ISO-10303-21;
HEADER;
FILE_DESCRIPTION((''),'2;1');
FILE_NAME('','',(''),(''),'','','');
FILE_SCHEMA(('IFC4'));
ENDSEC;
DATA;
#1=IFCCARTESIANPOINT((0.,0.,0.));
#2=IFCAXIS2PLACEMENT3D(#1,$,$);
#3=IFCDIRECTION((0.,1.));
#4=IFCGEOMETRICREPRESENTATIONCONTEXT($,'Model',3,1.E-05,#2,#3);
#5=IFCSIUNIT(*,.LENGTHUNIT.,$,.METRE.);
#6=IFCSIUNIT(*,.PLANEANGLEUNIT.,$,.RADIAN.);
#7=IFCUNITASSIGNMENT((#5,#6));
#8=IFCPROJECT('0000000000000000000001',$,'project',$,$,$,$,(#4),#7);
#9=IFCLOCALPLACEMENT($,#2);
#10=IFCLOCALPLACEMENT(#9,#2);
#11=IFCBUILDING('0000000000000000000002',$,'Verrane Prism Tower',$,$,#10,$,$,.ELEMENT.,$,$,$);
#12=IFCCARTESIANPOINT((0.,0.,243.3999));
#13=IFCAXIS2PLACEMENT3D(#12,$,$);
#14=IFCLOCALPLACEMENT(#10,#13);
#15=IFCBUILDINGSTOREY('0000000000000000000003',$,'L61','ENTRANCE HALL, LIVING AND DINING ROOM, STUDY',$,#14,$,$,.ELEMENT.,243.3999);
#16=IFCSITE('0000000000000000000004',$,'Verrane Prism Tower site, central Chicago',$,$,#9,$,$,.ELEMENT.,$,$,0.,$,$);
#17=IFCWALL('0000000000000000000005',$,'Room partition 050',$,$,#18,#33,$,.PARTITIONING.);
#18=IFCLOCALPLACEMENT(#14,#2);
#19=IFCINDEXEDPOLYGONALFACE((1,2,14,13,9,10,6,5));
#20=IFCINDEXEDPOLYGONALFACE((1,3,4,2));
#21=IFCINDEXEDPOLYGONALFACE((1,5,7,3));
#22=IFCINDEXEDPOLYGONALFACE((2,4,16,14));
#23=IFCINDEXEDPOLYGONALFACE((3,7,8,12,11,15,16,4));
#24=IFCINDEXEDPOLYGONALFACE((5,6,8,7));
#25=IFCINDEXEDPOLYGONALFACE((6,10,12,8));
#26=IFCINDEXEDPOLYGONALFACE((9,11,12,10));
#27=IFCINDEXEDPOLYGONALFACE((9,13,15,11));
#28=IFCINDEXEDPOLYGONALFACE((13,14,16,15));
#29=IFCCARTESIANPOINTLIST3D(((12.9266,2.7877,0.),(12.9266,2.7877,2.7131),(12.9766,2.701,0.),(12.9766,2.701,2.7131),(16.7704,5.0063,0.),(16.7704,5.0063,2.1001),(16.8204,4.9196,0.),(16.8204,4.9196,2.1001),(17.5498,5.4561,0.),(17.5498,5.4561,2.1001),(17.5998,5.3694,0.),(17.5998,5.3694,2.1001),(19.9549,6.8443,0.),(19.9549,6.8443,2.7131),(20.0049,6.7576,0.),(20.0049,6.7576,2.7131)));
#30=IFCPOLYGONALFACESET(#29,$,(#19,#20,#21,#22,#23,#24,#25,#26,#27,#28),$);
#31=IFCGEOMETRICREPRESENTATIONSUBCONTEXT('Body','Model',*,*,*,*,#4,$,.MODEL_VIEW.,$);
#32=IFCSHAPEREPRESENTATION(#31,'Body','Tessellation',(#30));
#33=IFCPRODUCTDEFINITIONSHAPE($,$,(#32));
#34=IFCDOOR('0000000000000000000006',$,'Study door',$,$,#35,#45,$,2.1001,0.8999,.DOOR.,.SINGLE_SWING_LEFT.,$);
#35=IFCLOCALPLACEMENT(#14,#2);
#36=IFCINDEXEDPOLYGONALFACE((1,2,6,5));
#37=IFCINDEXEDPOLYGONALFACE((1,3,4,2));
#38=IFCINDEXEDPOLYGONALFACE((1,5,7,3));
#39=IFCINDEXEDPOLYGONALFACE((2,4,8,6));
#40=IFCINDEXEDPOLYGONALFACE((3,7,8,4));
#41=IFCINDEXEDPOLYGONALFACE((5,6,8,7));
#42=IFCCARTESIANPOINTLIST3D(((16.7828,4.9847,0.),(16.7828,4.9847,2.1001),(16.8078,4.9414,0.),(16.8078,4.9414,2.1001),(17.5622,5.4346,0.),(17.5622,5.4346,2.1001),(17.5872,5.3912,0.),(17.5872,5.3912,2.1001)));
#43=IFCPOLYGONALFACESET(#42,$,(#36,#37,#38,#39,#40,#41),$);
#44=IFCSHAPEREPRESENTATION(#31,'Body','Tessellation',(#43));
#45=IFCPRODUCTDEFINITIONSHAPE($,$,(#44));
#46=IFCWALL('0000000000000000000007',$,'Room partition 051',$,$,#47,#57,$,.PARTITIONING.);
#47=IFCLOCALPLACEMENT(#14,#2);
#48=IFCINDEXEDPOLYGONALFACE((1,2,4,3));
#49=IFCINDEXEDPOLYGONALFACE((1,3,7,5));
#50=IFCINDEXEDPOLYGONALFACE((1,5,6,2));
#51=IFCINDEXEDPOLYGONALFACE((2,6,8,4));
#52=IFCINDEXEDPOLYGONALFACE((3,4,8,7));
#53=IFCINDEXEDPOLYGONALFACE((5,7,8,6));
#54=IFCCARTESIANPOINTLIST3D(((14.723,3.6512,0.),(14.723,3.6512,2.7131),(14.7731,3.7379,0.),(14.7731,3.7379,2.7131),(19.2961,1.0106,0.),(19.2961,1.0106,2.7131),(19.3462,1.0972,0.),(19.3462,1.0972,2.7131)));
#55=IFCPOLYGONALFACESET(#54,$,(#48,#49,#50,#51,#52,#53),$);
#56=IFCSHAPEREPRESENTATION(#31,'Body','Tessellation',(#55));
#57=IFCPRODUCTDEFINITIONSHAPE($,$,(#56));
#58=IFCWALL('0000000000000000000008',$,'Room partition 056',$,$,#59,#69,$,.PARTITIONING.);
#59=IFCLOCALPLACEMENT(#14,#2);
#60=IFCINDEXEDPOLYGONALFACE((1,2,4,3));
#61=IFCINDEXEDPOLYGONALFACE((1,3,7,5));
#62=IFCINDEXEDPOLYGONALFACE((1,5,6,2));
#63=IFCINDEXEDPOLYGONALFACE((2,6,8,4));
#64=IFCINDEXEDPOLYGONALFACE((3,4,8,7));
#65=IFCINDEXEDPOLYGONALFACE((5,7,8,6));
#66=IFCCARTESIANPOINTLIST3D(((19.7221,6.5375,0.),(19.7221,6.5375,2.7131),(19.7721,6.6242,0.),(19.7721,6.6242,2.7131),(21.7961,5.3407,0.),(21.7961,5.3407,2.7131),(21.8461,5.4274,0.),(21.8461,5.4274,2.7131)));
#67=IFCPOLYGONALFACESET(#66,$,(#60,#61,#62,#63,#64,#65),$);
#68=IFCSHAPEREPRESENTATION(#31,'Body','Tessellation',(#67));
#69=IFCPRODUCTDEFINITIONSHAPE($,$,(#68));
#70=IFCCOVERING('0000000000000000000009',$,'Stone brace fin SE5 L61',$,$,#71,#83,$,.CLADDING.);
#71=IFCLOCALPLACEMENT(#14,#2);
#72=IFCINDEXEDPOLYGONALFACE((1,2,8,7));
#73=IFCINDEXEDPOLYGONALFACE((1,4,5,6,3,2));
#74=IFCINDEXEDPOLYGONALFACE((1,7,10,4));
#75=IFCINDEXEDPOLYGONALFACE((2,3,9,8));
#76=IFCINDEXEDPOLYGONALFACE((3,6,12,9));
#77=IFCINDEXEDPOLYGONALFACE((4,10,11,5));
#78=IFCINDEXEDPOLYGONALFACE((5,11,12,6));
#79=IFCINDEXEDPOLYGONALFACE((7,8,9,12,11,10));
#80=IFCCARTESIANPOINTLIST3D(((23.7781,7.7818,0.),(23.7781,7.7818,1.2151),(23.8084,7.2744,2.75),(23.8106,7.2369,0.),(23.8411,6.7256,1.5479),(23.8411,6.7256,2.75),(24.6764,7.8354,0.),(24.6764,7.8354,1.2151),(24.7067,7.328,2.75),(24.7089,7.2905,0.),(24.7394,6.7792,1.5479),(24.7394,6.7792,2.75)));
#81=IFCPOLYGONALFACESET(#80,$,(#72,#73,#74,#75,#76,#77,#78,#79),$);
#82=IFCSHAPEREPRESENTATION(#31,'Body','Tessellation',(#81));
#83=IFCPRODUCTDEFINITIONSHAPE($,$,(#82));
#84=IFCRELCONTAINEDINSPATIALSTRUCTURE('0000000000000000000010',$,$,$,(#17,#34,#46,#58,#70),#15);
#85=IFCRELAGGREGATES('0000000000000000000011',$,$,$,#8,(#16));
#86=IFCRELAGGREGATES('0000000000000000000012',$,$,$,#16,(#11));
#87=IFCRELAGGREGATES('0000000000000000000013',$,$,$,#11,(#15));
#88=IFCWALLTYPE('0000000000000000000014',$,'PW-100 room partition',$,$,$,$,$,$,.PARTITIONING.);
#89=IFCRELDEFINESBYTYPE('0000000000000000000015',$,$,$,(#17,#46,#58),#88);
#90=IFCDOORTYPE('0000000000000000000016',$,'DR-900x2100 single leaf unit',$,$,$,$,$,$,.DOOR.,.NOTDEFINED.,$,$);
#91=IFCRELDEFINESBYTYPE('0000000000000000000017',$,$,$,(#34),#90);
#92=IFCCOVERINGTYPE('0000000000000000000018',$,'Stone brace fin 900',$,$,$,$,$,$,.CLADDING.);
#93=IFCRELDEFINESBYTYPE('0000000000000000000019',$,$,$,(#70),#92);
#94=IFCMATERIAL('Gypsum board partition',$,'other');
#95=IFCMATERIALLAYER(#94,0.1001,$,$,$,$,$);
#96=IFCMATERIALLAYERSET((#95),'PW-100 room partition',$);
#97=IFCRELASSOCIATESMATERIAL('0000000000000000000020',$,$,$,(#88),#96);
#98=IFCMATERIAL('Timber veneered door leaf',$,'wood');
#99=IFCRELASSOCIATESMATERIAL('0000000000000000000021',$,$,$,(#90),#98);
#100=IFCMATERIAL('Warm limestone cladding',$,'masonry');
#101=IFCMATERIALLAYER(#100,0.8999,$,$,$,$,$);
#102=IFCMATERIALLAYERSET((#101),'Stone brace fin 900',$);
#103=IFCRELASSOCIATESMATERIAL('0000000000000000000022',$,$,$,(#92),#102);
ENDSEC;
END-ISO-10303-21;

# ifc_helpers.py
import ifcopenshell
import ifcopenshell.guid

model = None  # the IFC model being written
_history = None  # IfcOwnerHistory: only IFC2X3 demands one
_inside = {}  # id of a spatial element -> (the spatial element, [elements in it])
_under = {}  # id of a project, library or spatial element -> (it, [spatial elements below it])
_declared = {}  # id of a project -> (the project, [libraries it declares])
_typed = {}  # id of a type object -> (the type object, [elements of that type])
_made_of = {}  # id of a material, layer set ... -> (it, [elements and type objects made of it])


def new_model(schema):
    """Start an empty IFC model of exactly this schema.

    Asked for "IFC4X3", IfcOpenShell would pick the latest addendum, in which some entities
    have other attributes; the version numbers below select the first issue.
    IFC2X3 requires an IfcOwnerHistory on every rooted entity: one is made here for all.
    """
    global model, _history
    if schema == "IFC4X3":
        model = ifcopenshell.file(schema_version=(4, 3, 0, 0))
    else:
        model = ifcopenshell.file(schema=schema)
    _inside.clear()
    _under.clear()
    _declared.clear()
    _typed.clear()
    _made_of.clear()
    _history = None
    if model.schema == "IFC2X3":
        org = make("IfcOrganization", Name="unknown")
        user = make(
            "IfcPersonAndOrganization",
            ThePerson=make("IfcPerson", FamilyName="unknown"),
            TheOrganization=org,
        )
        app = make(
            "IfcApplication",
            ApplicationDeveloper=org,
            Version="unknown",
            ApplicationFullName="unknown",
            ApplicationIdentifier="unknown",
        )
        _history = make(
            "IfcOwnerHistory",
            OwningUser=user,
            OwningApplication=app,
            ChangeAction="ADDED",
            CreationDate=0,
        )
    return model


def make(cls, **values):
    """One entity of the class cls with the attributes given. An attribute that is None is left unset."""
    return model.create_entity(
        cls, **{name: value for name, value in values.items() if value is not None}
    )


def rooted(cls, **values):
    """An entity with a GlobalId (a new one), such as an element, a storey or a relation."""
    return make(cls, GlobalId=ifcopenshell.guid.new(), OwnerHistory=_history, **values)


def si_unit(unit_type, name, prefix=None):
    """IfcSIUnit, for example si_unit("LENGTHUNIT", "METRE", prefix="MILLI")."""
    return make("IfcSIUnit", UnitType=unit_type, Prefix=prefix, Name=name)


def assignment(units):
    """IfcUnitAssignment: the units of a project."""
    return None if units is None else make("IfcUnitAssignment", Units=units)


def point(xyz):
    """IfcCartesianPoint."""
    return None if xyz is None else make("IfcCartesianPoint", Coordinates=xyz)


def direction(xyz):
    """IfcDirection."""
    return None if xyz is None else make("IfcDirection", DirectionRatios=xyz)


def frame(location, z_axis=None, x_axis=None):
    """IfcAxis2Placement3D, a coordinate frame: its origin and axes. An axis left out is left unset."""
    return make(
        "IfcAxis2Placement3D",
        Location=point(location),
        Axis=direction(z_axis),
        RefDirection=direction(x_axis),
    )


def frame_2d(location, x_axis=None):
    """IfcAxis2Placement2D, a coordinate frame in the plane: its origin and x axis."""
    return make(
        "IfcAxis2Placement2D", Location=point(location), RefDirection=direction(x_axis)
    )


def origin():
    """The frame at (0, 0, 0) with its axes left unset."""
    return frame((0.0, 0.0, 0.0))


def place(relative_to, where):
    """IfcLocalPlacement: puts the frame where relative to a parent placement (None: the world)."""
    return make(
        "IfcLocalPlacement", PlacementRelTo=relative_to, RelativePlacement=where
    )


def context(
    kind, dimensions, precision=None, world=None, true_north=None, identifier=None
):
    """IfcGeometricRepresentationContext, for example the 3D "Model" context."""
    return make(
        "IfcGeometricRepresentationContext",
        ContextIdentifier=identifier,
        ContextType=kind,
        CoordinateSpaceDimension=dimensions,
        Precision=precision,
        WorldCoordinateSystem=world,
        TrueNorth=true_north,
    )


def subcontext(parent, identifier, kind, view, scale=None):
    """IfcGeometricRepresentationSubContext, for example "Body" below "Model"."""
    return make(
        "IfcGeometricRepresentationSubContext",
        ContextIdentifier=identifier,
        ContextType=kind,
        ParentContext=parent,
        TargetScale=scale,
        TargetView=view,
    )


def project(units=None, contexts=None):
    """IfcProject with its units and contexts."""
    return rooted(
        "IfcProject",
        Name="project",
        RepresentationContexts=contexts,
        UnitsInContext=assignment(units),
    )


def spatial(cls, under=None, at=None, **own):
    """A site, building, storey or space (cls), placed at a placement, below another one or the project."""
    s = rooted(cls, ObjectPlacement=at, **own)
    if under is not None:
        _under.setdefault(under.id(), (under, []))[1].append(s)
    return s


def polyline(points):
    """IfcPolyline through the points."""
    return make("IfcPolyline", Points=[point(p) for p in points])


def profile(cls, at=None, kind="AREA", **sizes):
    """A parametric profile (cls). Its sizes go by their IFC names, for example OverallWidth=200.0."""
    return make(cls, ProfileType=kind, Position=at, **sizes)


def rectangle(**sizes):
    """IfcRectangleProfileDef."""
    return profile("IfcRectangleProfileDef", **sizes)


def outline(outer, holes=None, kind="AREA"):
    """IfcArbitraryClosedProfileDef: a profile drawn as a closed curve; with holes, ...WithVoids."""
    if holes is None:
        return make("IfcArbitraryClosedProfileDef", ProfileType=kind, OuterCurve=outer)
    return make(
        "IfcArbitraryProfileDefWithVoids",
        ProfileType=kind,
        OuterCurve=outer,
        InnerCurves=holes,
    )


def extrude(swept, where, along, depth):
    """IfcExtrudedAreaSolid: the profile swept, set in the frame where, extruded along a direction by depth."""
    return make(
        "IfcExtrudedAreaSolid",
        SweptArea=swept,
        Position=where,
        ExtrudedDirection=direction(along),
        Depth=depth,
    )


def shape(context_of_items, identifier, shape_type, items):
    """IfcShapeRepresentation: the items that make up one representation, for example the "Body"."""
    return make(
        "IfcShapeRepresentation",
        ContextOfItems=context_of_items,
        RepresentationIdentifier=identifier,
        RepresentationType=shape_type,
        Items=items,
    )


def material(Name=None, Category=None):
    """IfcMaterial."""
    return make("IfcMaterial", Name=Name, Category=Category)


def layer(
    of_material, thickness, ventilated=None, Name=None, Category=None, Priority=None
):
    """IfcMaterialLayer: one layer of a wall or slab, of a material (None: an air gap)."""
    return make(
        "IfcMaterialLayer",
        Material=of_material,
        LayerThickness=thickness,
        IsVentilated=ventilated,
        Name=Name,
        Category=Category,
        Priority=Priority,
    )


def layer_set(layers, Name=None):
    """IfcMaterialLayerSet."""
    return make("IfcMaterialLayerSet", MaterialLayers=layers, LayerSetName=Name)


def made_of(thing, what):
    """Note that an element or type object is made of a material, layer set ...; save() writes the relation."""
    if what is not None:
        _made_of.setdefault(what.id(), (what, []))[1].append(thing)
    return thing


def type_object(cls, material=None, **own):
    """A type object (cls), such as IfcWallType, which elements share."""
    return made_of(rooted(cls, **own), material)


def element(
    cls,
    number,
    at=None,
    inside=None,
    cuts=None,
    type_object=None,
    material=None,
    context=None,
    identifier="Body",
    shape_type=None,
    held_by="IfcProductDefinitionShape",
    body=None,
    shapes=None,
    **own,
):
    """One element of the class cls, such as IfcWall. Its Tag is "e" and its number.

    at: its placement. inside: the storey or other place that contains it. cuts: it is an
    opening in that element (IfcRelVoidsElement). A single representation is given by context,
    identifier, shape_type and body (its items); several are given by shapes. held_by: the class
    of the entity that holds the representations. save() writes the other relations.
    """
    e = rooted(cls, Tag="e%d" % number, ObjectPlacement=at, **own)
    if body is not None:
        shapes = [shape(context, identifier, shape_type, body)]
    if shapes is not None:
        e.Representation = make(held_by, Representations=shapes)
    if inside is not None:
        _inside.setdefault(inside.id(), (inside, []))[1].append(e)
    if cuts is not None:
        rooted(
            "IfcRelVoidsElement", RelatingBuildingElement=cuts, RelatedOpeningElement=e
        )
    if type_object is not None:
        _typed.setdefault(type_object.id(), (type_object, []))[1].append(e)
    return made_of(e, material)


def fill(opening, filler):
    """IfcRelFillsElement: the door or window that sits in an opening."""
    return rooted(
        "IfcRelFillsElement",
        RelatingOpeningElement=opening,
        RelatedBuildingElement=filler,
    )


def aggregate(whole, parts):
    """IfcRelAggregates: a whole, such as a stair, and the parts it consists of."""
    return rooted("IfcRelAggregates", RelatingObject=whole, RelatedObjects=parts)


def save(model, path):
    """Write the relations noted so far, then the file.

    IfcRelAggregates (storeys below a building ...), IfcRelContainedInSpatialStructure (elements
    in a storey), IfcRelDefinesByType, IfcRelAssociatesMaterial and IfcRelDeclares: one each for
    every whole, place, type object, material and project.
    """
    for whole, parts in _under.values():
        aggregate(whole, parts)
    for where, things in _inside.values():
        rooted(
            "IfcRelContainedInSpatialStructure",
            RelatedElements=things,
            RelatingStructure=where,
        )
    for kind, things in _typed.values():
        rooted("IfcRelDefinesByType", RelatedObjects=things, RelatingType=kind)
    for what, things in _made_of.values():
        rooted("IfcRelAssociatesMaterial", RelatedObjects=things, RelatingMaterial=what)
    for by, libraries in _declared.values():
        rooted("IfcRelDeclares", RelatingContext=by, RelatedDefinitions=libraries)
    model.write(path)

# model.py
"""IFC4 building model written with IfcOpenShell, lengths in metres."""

from ifc_helpers import new_model, si_unit, direction, frame, frame_2d, origin, place, context, subcontext, project, spatial, polyline, rectangle, outline, extrude, material, layer, layer_set, type_object, element, fill, save


model = new_model("IFC4")

# Units and contexts
model_context = context("Model", 3, precision=1e-05, world=origin(), true_north=direction((0.0, 1.0)))
body_context = subcontext(model_context, "Body", "Model", "MODEL_VIEW")
ifc_project = project(units=[si_unit("LENGTHUNIT", "METRE"), si_unit("PLANEANGLEUNIT", "RADIAN")], contexts=[model_context])

# Site, building, storey
site_placement = place(None, origin())
site = spatial("IfcSite", under=ifc_project, at=site_placement, Name="Verrane Prism Tower site, central Chicago", CompositionType="ELEMENT", RefElevation=0.0)
building_placement = place(site_placement, origin())
building = spatial("IfcBuilding", under=site, at=building_placement, Name="Verrane Prism Tower", CompositionType="ELEMENT")
storey_placement = place(building_placement, frame((0.0, 0.0, 243.3999)))
storey = spatial("IfcBuildingStorey", under=building, at=storey_placement, Name="L61", Description="ENTRANCE HALL, LIVING AND DINING ROOM, STUDY", CompositionType="ELEMENT", Elevation=243.3999)

# Wall, opening, door
ifc_material_1 = material(Name="Gypsum board partition", Category="other")
ifc_layer_1 = layer(ifc_material_1, 0.1001)
ifc_layer_set_1 = layer_set([ifc_layer_1], Name="PW-100 room partition")
wall_type_1 = type_object("IfcWallType", Name="PW-100 room partition", PredefinedType="PARTITIONING", material=ifc_layer_set_1)
wall_1_placement = place(storey_placement, frame((19.98, 6.801, 0.0), z_axis=(0.0, 0.0, 1.0), x_axis=(-0.866087, -0.499893, 0.0)))
wall_1 = element("IfcWall", 1, at=wall_1_placement, inside=storey, type_object=wall_type_1, Name="Room partition 050", PredefinedType="PARTITIONING", context=body_context, shape_type="SweptSolid", body=[
    extrude(rectangle(XDim=8.115, YDim=0.1001, at=frame_2d((4.0576, 0.0))), origin(), (0.0, 0.0, 1.0), 2.7131),
])
opening_1_placement = place(wall_1_placement, frame((2.7771, 0.0, 0.0)))
opening_1 = element("IfcOpeningElement", 2, at=opening_1_placement, cuts=wall_1, PredefinedType="OPENING", context=body_context, shape_type="SweptSolid", body=[
    extrude(rectangle(XDim=0.8999, YDim=2.1001, at=frame_2d((0.45, 1.05))), frame((0.0, 0.0601, 0.0), z_axis=(0.0, -1.0, 0.0), x_axis=(1.0, 0.0, 0.0)), (0.0, 0.0, 1.0), 0.1201),
])
ifc_material_2 = material(Name="Timber veneered door leaf", Category="wood")
door_type_1 = type_object("IfcDoorType", Name="DR-900x2100 single leaf unit", OperationType="NOTDEFINED", PredefinedType="DOOR", material=ifc_material_2)
door_1_placement = place(opening_1_placement, origin())
door_1 = element("IfcDoor", 3, at=door_1_placement, inside=storey, type_object=door_type_1, Name="Study door", OperationType="SINGLE_SWING_LEFT", OverallHeight=2.1001, OverallWidth=0.8999, PredefinedType="DOOR", context=body_context, shape_type="SweptSolid", body=[
    extrude(rectangle(XDim=0.8999, YDim=2.1001, at=frame_2d((0.45, 1.05))), frame((0.0, 0.0249, 0.0), z_axis=(0.0, -1.0, 0.0), x_axis=(1.0, 0.0, 0.0)), (0.0, 0.0, 1.0), 0.05),
])
fill(opening_1, door_1)

# Walls
wall_2_placement = place(storey_placement, frame((14.748, 3.6946, 0.0), z_axis=(0.0, 0.0, 1.0), x_axis=(0.865992, -0.500057, 0.0)))
element("IfcWall", 4, at=wall_2_placement, inside=storey, type_object=wall_type_1, Name="Room partition 051", PredefinedType="PARTITIONING", context=body_context, shape_type="SweptSolid", body=[
    extrude(rectangle(XDim=5.2808, YDim=0.1001, at=frame_2d((2.6404, 0.0))), origin(), (0.0, 0.0, 1.0), 2.7131),
])
wall_3_placement = place(storey_placement, frame((19.7471, 6.5808, 0.0), z_axis=(0.0, 0.0, 1.0), x_axis=(0.86614, -0.499802, 0.0)))
element("IfcWall", 5, at=wall_3_placement, inside=storey, type_object=wall_type_1, Name="Room partition 056", PredefinedType="PARTITIONING", context=body_context, shape_type="SweptSolid", body=[
    extrude(rectangle(XDim=2.3945, YDim=0.1001, at=frame_2d((1.1973, 0.0))), origin(), (0.0, 0.0, 1.0), 2.7131),
])

# Covering
ifc_material_3 = material(Name="Warm limestone cladding", Category="masonry")
ifc_layer_2 = layer(ifc_material_3, 0.8999)
ifc_layer_set_2 = layer_set([ifc_layer_2], Name="Stone brace fin 900")
covering_type = type_object("IfcCoveringType", Name="Stone brace fin 900", PredefinedType="CLADDING", material=ifc_layer_set_2)
covering_placement = place(storey_placement, frame((24.2273, 7.8086, 0.0), z_axis=(0.0, 0.0, 1.0), x_axis=(0.059534, -0.998226, 0.0)))
element("IfcCovering", 6, at=covering_placement, inside=storey, type_object=covering_type, Name="Stone brace fin SE5 L61", PredefinedType="CLADDING", context=body_context, shape_type="SweptSolid", body=[
    extrude(outline(polyline([(1.0581, 2.75), (0.5083, 2.75), (0.0, 1.2151), (0.0, 0.0), (0.5459, 0.0), (1.0581, 1.5479), (1.0581, 2.75)])), frame((0.0, 0.45, 0.0), z_axis=(0.0, -1.0, 0.0), x_axis=(1.0, 0.0, 0.0)), (0.0, 0.0, 1.0), 0.8999),
])

save(model, "model.ifc")
